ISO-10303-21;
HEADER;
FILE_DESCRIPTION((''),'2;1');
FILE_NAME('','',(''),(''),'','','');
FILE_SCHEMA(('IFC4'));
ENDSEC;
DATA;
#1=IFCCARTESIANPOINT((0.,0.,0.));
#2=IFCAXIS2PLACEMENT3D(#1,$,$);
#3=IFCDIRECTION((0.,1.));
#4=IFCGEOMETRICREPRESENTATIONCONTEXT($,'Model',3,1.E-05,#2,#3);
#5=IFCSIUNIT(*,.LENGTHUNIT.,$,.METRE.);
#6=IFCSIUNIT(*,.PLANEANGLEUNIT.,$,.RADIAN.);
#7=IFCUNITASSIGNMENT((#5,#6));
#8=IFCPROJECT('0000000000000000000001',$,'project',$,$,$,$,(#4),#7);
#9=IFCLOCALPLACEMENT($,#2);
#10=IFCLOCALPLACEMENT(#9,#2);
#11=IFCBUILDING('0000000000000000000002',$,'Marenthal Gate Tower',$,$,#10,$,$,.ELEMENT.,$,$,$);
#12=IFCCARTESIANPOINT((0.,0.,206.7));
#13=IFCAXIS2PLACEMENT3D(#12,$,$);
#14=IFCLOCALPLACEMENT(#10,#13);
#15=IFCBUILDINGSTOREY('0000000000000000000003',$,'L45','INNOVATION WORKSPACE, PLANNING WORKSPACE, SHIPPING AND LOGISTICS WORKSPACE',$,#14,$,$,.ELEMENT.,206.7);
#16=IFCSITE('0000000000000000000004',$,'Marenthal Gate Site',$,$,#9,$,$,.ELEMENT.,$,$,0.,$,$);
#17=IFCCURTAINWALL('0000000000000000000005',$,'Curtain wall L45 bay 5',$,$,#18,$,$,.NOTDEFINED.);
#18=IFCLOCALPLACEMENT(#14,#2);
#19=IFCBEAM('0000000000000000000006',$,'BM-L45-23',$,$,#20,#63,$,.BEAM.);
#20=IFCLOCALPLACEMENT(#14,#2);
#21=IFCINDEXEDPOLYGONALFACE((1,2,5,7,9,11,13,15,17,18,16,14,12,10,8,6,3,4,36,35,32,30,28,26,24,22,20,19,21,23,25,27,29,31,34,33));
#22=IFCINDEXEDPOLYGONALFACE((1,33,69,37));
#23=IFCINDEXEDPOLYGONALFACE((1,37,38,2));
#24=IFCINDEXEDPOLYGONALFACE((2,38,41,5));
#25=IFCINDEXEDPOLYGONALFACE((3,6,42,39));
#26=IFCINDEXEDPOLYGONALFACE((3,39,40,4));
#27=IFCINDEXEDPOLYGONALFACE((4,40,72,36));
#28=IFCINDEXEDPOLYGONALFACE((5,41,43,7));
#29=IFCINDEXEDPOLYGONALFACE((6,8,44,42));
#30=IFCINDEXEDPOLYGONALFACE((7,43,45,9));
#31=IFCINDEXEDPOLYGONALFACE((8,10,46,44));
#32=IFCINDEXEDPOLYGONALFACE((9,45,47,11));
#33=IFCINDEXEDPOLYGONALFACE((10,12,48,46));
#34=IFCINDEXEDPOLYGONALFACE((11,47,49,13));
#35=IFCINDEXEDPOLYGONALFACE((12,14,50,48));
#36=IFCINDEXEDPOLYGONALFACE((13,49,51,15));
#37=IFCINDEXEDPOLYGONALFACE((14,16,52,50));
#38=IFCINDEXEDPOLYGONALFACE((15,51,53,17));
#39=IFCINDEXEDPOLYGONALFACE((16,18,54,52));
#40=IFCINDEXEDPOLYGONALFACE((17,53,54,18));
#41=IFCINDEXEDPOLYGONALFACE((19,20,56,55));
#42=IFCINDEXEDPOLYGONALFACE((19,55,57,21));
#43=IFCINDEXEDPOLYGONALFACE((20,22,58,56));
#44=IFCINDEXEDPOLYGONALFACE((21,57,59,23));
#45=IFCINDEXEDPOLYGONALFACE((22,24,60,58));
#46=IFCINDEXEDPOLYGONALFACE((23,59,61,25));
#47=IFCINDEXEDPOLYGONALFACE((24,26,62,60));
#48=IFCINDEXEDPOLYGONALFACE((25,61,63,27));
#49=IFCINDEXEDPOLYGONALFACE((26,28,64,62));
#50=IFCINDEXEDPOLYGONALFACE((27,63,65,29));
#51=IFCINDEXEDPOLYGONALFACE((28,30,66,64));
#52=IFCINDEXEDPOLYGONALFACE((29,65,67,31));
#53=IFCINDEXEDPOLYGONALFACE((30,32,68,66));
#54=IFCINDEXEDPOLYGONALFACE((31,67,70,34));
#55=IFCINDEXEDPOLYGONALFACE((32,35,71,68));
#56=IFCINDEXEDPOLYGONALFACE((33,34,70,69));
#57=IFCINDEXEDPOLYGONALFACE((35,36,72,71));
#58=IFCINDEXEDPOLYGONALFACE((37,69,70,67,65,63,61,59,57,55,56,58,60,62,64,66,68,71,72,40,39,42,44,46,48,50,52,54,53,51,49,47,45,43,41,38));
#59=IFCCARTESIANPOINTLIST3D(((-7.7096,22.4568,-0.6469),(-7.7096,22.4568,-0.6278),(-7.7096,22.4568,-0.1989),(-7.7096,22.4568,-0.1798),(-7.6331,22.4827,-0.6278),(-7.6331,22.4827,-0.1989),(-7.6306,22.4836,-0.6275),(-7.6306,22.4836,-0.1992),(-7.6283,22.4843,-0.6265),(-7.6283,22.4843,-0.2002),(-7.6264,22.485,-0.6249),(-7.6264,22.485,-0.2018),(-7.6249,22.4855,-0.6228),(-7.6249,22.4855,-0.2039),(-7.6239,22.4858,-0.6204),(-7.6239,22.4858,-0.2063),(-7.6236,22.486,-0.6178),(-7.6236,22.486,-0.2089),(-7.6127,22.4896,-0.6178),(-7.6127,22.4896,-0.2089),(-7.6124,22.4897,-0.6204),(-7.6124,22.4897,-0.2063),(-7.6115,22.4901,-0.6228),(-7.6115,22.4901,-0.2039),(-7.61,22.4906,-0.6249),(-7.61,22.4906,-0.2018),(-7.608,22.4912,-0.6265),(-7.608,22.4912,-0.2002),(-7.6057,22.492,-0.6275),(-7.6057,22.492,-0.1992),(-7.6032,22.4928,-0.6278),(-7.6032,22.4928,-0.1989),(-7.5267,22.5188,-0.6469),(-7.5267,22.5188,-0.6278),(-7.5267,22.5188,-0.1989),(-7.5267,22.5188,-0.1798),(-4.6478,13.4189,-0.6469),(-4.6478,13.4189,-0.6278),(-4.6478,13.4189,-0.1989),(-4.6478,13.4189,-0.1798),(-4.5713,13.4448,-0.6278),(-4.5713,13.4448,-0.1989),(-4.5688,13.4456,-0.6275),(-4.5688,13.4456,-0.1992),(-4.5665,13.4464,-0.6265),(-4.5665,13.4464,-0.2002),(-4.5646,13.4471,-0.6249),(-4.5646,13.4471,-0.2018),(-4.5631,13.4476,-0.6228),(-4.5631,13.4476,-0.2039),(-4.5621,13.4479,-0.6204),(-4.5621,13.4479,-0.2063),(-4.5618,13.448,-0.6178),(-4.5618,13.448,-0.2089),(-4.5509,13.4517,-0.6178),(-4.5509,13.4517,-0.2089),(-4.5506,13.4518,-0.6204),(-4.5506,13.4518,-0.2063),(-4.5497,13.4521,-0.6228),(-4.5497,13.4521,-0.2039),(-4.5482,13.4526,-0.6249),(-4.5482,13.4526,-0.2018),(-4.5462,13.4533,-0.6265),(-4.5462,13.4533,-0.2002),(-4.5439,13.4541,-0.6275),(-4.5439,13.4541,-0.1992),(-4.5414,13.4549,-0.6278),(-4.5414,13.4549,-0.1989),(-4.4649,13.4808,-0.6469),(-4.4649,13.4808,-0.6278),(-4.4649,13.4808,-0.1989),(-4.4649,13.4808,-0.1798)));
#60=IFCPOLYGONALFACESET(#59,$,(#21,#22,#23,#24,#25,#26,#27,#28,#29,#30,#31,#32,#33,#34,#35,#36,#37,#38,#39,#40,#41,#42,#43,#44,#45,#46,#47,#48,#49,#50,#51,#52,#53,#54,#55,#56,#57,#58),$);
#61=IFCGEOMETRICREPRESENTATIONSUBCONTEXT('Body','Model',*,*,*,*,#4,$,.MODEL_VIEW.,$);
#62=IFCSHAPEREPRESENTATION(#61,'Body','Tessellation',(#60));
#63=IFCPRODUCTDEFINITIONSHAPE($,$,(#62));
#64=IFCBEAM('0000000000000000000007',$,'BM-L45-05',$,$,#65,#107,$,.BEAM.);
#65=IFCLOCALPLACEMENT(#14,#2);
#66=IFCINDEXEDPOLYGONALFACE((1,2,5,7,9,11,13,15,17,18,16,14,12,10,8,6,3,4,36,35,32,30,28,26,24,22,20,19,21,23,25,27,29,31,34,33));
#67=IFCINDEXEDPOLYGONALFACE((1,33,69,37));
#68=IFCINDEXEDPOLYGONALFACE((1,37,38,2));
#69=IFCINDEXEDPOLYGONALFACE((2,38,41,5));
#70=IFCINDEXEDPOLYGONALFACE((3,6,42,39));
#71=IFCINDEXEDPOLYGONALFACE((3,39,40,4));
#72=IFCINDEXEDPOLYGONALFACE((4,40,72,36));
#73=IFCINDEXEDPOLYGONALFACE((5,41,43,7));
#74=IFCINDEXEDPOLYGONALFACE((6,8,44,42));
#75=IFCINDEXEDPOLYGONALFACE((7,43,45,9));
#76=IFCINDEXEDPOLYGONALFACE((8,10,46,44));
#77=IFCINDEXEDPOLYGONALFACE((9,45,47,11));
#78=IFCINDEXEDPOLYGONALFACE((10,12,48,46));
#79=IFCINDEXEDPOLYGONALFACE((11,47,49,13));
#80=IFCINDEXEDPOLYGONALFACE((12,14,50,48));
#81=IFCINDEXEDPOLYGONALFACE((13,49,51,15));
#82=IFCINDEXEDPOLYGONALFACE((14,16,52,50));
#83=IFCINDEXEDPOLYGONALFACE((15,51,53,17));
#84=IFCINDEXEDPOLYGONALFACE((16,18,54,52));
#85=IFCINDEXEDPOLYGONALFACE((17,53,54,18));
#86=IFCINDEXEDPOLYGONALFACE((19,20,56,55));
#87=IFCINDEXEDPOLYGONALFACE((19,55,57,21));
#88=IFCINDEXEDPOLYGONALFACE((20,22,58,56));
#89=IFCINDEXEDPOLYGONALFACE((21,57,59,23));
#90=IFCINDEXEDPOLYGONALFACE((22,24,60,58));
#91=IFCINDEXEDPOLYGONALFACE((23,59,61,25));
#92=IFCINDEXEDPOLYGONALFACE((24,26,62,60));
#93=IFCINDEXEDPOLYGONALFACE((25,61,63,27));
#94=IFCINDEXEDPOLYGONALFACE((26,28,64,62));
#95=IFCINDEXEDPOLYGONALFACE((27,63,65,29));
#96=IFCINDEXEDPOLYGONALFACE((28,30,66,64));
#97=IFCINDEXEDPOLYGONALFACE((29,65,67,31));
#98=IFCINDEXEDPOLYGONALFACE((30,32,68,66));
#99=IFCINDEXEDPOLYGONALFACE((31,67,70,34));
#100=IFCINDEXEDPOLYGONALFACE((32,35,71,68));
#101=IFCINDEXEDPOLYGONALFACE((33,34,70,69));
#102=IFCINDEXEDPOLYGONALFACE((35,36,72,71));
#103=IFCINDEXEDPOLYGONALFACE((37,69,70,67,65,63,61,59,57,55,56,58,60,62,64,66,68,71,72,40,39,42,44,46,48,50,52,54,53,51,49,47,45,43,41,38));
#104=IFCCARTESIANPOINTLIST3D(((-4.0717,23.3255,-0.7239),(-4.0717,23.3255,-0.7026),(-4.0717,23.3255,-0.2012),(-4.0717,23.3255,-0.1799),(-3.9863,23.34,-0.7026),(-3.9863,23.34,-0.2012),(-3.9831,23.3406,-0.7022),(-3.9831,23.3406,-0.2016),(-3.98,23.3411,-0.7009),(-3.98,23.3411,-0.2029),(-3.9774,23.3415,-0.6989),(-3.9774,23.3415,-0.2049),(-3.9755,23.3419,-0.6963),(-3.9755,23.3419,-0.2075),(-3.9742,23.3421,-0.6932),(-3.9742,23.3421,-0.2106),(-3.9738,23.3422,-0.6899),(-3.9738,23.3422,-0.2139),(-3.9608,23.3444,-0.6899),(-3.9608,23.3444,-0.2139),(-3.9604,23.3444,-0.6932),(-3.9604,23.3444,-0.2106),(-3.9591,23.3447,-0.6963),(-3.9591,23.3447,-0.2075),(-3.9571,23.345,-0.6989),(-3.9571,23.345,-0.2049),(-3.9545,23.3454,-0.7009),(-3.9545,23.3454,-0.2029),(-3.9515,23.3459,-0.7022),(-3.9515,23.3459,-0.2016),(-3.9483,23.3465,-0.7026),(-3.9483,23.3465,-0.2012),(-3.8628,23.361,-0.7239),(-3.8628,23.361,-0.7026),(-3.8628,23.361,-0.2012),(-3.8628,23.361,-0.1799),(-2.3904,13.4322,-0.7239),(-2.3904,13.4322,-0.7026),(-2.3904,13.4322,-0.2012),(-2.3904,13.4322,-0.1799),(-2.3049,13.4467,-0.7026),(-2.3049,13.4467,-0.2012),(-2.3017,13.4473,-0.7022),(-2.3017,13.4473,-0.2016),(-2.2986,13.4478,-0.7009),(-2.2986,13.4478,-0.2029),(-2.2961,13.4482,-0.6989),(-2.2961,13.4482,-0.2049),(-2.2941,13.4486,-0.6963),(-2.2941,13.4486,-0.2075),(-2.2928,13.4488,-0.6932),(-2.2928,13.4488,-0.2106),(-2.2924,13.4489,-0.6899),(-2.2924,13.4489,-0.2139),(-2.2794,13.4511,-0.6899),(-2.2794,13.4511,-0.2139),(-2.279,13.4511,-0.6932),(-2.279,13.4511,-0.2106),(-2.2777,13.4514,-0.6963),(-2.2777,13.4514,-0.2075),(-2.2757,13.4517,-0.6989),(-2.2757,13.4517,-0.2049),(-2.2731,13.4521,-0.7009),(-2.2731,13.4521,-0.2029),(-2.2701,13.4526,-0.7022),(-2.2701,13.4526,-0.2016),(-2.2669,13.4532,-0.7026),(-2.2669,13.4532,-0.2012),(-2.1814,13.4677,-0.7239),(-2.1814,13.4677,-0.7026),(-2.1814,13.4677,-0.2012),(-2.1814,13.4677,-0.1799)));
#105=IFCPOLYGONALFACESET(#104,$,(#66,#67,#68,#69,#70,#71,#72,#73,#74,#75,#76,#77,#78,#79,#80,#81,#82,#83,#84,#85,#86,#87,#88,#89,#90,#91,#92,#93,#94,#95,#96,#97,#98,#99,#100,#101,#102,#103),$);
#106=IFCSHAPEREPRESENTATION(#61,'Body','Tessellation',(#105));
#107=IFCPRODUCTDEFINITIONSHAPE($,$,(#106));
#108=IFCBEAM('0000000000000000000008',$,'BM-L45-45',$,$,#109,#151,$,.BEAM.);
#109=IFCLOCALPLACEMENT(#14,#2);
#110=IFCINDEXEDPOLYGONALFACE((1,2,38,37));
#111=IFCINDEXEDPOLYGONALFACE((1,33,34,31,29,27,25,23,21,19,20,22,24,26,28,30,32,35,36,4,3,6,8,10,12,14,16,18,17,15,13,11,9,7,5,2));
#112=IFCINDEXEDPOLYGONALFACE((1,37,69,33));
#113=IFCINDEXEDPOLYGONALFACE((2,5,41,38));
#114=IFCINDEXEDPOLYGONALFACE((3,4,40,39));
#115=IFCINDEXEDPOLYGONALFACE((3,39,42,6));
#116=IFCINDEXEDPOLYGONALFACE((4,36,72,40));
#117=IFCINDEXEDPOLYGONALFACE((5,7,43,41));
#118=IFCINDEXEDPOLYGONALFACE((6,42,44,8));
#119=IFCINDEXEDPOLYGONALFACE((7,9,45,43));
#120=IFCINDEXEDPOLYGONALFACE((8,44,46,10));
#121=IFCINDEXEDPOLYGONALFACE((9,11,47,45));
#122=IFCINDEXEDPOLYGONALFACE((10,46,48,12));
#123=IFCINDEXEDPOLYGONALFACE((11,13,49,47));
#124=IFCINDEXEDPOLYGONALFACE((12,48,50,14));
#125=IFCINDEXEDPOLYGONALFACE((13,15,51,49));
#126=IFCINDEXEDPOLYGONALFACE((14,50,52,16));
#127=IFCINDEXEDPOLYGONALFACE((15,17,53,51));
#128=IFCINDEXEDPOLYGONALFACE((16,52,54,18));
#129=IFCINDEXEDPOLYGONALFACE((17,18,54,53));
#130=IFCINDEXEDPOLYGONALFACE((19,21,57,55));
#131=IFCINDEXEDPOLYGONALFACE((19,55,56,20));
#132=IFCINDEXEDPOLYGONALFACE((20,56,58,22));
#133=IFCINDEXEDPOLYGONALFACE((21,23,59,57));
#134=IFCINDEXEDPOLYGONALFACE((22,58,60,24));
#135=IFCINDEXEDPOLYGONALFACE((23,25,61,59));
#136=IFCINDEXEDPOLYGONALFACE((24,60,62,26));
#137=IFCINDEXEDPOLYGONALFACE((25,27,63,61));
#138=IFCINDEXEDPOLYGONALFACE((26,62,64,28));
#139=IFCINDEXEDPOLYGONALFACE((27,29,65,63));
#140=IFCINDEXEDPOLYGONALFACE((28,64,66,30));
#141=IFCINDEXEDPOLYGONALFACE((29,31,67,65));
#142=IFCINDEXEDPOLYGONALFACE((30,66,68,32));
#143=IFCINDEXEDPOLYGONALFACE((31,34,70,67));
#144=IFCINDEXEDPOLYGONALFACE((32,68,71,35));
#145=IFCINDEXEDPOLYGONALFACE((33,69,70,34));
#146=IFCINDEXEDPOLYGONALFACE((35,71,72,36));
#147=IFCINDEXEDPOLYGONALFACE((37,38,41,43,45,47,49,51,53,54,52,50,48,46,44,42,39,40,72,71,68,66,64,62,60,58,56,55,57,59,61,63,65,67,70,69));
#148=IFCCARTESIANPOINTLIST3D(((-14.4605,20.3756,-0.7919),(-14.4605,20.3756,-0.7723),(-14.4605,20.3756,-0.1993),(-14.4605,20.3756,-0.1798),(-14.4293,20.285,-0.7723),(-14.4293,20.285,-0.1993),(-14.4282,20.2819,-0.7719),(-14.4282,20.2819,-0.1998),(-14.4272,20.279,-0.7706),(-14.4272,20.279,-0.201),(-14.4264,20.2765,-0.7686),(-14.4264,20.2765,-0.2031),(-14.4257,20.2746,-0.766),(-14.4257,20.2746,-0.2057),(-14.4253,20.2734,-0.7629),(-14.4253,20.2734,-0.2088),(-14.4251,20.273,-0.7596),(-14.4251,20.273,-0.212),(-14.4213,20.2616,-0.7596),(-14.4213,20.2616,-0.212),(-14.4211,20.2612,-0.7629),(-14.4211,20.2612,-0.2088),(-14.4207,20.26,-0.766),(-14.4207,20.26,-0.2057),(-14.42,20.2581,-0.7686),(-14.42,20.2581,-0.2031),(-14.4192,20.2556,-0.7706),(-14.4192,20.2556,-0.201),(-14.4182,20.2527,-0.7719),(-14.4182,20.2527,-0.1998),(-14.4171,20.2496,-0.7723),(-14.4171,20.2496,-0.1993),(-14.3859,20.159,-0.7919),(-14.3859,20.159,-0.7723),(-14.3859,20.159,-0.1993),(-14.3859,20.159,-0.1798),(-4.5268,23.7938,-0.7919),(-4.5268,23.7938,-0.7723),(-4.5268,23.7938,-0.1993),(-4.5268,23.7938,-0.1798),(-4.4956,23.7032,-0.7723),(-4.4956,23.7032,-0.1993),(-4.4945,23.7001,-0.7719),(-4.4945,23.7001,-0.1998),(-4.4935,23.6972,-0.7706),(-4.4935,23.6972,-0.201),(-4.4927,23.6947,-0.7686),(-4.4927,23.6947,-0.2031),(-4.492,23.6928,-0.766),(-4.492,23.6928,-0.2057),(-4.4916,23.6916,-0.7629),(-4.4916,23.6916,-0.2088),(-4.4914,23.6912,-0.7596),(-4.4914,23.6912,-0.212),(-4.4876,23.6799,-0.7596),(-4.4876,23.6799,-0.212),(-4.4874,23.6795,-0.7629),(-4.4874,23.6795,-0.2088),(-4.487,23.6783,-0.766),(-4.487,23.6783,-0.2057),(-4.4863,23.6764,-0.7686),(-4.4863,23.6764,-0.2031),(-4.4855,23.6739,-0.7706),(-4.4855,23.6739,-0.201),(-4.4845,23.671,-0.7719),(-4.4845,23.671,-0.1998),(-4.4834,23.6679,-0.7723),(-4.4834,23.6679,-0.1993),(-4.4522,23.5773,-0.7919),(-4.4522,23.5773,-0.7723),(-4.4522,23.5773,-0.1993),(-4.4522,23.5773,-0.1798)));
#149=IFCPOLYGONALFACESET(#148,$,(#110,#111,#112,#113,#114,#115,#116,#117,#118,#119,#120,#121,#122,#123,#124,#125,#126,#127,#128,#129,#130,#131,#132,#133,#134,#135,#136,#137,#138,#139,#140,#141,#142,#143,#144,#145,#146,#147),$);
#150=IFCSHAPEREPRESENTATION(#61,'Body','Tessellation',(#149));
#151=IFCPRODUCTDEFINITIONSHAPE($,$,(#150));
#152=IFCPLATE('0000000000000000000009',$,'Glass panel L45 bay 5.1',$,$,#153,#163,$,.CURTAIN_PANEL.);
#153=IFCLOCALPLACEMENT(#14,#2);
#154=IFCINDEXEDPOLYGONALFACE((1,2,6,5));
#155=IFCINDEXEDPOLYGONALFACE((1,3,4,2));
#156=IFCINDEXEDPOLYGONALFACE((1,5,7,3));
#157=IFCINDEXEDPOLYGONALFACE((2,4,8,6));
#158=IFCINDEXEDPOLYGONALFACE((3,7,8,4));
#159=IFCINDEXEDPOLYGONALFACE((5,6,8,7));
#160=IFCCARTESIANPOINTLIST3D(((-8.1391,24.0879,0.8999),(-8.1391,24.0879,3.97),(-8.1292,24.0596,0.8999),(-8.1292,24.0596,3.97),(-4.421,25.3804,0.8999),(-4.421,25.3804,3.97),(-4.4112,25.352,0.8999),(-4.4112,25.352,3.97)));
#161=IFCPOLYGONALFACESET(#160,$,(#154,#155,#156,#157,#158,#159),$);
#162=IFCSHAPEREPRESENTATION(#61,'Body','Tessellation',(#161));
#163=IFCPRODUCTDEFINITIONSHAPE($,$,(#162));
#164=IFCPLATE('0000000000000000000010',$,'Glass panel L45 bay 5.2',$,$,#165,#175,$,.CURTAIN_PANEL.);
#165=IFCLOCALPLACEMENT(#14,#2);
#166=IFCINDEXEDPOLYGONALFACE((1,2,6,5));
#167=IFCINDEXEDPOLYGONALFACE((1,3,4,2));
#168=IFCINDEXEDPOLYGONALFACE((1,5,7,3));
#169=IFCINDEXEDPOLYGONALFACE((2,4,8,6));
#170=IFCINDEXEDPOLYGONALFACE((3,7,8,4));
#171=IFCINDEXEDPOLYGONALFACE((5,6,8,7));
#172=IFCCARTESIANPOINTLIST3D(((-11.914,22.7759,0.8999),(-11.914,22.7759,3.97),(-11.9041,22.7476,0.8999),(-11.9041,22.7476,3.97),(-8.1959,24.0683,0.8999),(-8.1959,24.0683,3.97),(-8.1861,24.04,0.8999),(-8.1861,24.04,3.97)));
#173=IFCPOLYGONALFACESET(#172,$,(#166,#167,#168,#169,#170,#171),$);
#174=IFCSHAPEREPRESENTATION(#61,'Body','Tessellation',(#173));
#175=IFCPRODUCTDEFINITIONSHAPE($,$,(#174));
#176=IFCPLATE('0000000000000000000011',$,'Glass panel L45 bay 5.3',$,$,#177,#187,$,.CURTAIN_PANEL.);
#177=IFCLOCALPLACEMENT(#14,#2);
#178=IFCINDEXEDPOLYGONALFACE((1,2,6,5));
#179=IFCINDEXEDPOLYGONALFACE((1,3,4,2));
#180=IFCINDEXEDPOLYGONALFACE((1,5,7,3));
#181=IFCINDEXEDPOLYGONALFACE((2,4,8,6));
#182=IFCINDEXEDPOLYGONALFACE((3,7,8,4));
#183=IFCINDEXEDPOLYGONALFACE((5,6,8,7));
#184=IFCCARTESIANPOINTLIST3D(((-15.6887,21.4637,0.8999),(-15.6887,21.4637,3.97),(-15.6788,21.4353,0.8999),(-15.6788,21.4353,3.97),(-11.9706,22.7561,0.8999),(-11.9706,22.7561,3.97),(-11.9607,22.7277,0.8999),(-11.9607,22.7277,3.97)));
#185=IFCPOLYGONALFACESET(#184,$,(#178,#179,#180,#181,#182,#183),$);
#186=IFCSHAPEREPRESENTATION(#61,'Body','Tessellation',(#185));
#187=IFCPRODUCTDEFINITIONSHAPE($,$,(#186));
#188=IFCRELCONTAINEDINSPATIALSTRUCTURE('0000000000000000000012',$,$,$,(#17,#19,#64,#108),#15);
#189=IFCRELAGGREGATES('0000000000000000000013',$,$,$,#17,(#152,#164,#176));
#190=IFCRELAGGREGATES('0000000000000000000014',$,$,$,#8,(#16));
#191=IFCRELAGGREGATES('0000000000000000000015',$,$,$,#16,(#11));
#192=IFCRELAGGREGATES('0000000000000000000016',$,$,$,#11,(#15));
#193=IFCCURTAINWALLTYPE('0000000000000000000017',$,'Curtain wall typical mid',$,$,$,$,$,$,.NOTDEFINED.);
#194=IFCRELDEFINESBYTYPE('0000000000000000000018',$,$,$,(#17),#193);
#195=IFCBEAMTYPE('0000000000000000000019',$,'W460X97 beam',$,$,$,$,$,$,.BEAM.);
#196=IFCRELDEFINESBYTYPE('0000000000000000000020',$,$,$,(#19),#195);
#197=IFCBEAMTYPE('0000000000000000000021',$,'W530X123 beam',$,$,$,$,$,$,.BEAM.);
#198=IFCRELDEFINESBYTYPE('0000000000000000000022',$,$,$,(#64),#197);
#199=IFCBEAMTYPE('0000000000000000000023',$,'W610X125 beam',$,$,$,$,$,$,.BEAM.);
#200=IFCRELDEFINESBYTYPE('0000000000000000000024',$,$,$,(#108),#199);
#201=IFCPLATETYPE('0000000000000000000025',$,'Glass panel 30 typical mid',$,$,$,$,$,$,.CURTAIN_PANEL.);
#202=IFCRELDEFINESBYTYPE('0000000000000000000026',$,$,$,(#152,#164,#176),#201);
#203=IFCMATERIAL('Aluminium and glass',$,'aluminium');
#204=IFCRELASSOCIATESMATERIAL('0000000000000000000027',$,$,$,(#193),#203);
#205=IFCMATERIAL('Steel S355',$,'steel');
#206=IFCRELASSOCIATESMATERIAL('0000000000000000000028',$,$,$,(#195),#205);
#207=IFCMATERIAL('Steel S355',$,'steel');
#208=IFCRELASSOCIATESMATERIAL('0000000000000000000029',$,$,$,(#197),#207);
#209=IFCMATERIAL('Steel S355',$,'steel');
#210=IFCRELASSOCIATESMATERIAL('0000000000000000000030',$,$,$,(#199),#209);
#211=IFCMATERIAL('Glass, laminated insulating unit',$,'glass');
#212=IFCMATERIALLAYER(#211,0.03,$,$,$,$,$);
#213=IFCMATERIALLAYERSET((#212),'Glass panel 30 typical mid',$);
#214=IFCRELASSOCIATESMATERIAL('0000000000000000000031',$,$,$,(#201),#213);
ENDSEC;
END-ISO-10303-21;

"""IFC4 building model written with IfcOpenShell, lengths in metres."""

from ifc_helpers import new_model, si_unit, direction, frame, origin, origin_2d, place, context, subcontext, project, spatial, rectangle, i_section, extrude, material, layer, layer_set, material_profile, profile_set, type_object, element, aggregate, save


model = new_model("IFC4")

# Units and contexts
model_context = context("Model", 3, precision=1e-05, world=origin(), true_north=direction((0.0, 1.0)))
body_context = subcontext(model_context, "Body", "Model", "MODEL_VIEW")
ifc_project = project(units=[si_unit("LENGTHUNIT", "METRE"), si_unit("PLANEANGLEUNIT", "RADIAN")], contexts=[model_context])

# Site, building, storey
site_placement = place(None, origin())
site = spatial("IfcSite", under=ifc_project, at=site_placement, Name="Marenthal Gate Site", CompositionType="ELEMENT", RefElevation=0.0)
building_placement = place(site_placement, origin())
building = spatial("IfcBuilding", under=site, at=building_placement, Name="Marenthal Gate Tower", CompositionType="ELEMENT")
storey_placement = place(building_placement, frame((0.0, 0.0, 206.7)))
storey = spatial("IfcBuildingStorey", under=building, at=storey_placement, Name="L45", Description="INNOVATION WORKSPACE, PLANNING WORKSPACE, SHIPPING AND LOGISTICS WORKSPACE", CompositionType="ELEMENT", Elevation=206.7)

# Curtain wall
ifc_material_1 = material(Name="Aluminium and glass", Category="aluminium")
curtain_wall_type = type_object("IfcCurtainWallType", Name="Curtain wall typical mid", PredefinedType="NOTDEFINED", material=ifc_material_1)
curtain_wall_placement = place(storey_placement, origin())
curtain_wall = element("IfcCurtainWall", 1, at=curtain_wall_placement, inside=storey, type_object=curtain_wall_type, Name="Curtain wall L45 bay 5", PredefinedType="NOTDEFINED")

# Beams
ifc_material_2 = material(Name="Steel S355", Category="steel")
ifc_material_profile_1 = material_profile(ifc_material_2, i_section(OverallWidth=0.1931, OverallDepth=0.467, WebThickness=0.0115, FlangeThickness=0.019, FilletRadius=0.01, at=origin_2d()), Name="W460X97")
ifc_profile_set_1 = profile_set([ifc_material_profile_1], Name="Steel S355")
beam_type_1 = type_object("IfcBeamType", Name="W460X97 beam", PredefinedType="BEAM", material=ifc_profile_set_1)
beam_1_placement = place(storey_placement, frame((-7.6182, 22.4878, -0.4133), z_axis=(0.32086, -0.947127, 0.0), x_axis=(0.947127, 0.32086, 0.0)))
element("IfcBeam", 2, at=beam_1_placement, inside=storey, type_object=beam_type_1, Name="BM-L45-23", PredefinedType="BEAM", context=body_context, shape_type="SweptSolid", body=[
    extrude(i_section(OverallWidth=0.1931, OverallDepth=0.467, WebThickness=0.0115, FlangeThickness=0.019, FilletRadius=0.01, at=origin_2d()), origin(), (0.0, 0.0, 1.0), 9.5425),
])
ifc_material_3 = material(Name="Steel S355", Category="steel")
ifc_material_profile_2 = material_profile(ifc_material_3, i_section(OverallWidth=0.2119, OverallDepth=0.5439, WebThickness=0.0132, FlangeThickness=0.0212, FilletRadius=0.0127, at=origin_2d()), Name="W530X123")
ifc_profile_set_2 = profile_set([ifc_material_profile_2], Name="Steel S355")
beam_type_2 = type_object("IfcBeamType", Name="W530X123 beam", PredefinedType="BEAM", material=ifc_profile_set_2)
beam_2_placement = place(storey_placement, frame((-3.9673, 23.3433, -0.4519), z_axis=(0.16755, -0.985864, 0.0), x_axis=(0.985864, 0.16755, 0.0)))
element("IfcBeam", 3, at=beam_2_placement, inside=storey, type_object=beam_type_2, Name="BM-L45-05", PredefinedType="BEAM", context=body_context, shape_type="SweptSolid", body=[
    extrude(i_section(OverallWidth=0.2119, OverallDepth=0.5439, WebThickness=0.0132, FlangeThickness=0.0212, FilletRadius=0.0127, at=origin_2d()), origin(), (0.0, 0.0, 1.0), 10.0352),
])
ifc_material_4 = material(Name="Steel S355", Category="steel")
ifc_material_profile_3 = material_profile(ifc_material_4, i_section(OverallWidth=0.229, OverallDepth=0.6121, WebThickness=0.012, FlangeThickness=0.0195, FilletRadius=0.0127, at=origin_2d()), Name="W610X125")
ifc_profile_set_3 = profile_set([ifc_material_profile_3], Name="Steel S355")
beam_type_3 = type_object("IfcBeamType", Name="W610X125 beam", PredefinedType="BEAM", material=ifc_profile_set_3)
beam_3_placement = place(storey_placement, frame((-4.4895, 23.6855, -0.4858), z_axis=(-0.945583, -0.325381, 0.0), x_axis=(0.325381, -0.945583, 0.0)))
element("IfcBeam", 4, at=beam_3_placement, inside=storey, type_object=beam_type_3, Name="BM-L45-45", PredefinedType="BEAM", context=body_context, shape_type="SweptSolid", body=[
    extrude(i_section(OverallWidth=0.229, OverallDepth=0.6121, WebThickness=0.012, FlangeThickness=0.0195, FilletRadius=0.0127, at=origin_2d()), origin(), (0.0, 0.0, 1.0), 10.5054),
])

# Plates
ifc_material_5 = material(Name="Glass, laminated insulating unit", Category="glass")
ifc_layer_1 = layer(ifc_material_5, 0.03)
ifc_layer_set_1 = layer_set([ifc_layer_1], Name="Glass panel 30 typical mid")
plate_type = type_object("IfcPlateType", Name="Glass panel 30 typical mid", PredefinedType="CURTAIN_PANEL", material=ifc_layer_set_1)
plate_1_placement = place(storey_placement, frame((-6.2751, 24.72, 0.8999), z_axis=(0.0, 0.0, 1.0), x_axis=(-0.944562, -0.328332, 0.0)))
plate_1 = element("IfcPlate", 5, at=plate_1_placement, type_object=plate_type, Name="Glass panel L45 bay 5.1", PredefinedType="CURTAIN_PANEL", context=body_context, shape_type="SweptSolid", body=[
    extrude(rectangle(XDim=3.9363, YDim=0.03, at=origin_2d()), origin(), (0.0, 0.0, 1.0), 3.0701),
])
plate_2_placement = place(storey_placement, frame((-10.05, 23.408, 0.8999), z_axis=(0.0, 0.0, 1.0), x_axis=(-0.944562, -0.328332, 0.0)))
plate_2 = element("IfcPlate", 6, at=plate_2_placement, type_object=plate_type, Name="Glass panel L45 bay 5.2", PredefinedType="CURTAIN_PANEL", context=body_context, shape_type="SweptSolid", body=[
    extrude(rectangle(XDim=3.9363, YDim=0.03, at=origin_2d()), origin(), (0.0, 0.0, 1.0), 3.0701),
])
plate_3_placement = place(storey_placement, frame((-13.8247, 22.0957, 0.8999), z_axis=(0.0, 0.0, 1.0), x_axis=(-0.944562, -0.328332, 0.0)))
plate_3 = element("IfcPlate", 7, at=plate_3_placement, type_object=plate_type, Name="Glass panel L45 bay 5.3", PredefinedType="CURTAIN_PANEL", context=body_context, shape_type="SweptSolid", body=[
    extrude(rectangle(XDim=3.9363, YDim=0.03, at=origin_2d()), origin(), (0.0, 0.0, 1.0), 3.0701),
])
aggregate(curtain_wall, [plate_1, plate_2, plate_3])

save(model, "model.ifc")
